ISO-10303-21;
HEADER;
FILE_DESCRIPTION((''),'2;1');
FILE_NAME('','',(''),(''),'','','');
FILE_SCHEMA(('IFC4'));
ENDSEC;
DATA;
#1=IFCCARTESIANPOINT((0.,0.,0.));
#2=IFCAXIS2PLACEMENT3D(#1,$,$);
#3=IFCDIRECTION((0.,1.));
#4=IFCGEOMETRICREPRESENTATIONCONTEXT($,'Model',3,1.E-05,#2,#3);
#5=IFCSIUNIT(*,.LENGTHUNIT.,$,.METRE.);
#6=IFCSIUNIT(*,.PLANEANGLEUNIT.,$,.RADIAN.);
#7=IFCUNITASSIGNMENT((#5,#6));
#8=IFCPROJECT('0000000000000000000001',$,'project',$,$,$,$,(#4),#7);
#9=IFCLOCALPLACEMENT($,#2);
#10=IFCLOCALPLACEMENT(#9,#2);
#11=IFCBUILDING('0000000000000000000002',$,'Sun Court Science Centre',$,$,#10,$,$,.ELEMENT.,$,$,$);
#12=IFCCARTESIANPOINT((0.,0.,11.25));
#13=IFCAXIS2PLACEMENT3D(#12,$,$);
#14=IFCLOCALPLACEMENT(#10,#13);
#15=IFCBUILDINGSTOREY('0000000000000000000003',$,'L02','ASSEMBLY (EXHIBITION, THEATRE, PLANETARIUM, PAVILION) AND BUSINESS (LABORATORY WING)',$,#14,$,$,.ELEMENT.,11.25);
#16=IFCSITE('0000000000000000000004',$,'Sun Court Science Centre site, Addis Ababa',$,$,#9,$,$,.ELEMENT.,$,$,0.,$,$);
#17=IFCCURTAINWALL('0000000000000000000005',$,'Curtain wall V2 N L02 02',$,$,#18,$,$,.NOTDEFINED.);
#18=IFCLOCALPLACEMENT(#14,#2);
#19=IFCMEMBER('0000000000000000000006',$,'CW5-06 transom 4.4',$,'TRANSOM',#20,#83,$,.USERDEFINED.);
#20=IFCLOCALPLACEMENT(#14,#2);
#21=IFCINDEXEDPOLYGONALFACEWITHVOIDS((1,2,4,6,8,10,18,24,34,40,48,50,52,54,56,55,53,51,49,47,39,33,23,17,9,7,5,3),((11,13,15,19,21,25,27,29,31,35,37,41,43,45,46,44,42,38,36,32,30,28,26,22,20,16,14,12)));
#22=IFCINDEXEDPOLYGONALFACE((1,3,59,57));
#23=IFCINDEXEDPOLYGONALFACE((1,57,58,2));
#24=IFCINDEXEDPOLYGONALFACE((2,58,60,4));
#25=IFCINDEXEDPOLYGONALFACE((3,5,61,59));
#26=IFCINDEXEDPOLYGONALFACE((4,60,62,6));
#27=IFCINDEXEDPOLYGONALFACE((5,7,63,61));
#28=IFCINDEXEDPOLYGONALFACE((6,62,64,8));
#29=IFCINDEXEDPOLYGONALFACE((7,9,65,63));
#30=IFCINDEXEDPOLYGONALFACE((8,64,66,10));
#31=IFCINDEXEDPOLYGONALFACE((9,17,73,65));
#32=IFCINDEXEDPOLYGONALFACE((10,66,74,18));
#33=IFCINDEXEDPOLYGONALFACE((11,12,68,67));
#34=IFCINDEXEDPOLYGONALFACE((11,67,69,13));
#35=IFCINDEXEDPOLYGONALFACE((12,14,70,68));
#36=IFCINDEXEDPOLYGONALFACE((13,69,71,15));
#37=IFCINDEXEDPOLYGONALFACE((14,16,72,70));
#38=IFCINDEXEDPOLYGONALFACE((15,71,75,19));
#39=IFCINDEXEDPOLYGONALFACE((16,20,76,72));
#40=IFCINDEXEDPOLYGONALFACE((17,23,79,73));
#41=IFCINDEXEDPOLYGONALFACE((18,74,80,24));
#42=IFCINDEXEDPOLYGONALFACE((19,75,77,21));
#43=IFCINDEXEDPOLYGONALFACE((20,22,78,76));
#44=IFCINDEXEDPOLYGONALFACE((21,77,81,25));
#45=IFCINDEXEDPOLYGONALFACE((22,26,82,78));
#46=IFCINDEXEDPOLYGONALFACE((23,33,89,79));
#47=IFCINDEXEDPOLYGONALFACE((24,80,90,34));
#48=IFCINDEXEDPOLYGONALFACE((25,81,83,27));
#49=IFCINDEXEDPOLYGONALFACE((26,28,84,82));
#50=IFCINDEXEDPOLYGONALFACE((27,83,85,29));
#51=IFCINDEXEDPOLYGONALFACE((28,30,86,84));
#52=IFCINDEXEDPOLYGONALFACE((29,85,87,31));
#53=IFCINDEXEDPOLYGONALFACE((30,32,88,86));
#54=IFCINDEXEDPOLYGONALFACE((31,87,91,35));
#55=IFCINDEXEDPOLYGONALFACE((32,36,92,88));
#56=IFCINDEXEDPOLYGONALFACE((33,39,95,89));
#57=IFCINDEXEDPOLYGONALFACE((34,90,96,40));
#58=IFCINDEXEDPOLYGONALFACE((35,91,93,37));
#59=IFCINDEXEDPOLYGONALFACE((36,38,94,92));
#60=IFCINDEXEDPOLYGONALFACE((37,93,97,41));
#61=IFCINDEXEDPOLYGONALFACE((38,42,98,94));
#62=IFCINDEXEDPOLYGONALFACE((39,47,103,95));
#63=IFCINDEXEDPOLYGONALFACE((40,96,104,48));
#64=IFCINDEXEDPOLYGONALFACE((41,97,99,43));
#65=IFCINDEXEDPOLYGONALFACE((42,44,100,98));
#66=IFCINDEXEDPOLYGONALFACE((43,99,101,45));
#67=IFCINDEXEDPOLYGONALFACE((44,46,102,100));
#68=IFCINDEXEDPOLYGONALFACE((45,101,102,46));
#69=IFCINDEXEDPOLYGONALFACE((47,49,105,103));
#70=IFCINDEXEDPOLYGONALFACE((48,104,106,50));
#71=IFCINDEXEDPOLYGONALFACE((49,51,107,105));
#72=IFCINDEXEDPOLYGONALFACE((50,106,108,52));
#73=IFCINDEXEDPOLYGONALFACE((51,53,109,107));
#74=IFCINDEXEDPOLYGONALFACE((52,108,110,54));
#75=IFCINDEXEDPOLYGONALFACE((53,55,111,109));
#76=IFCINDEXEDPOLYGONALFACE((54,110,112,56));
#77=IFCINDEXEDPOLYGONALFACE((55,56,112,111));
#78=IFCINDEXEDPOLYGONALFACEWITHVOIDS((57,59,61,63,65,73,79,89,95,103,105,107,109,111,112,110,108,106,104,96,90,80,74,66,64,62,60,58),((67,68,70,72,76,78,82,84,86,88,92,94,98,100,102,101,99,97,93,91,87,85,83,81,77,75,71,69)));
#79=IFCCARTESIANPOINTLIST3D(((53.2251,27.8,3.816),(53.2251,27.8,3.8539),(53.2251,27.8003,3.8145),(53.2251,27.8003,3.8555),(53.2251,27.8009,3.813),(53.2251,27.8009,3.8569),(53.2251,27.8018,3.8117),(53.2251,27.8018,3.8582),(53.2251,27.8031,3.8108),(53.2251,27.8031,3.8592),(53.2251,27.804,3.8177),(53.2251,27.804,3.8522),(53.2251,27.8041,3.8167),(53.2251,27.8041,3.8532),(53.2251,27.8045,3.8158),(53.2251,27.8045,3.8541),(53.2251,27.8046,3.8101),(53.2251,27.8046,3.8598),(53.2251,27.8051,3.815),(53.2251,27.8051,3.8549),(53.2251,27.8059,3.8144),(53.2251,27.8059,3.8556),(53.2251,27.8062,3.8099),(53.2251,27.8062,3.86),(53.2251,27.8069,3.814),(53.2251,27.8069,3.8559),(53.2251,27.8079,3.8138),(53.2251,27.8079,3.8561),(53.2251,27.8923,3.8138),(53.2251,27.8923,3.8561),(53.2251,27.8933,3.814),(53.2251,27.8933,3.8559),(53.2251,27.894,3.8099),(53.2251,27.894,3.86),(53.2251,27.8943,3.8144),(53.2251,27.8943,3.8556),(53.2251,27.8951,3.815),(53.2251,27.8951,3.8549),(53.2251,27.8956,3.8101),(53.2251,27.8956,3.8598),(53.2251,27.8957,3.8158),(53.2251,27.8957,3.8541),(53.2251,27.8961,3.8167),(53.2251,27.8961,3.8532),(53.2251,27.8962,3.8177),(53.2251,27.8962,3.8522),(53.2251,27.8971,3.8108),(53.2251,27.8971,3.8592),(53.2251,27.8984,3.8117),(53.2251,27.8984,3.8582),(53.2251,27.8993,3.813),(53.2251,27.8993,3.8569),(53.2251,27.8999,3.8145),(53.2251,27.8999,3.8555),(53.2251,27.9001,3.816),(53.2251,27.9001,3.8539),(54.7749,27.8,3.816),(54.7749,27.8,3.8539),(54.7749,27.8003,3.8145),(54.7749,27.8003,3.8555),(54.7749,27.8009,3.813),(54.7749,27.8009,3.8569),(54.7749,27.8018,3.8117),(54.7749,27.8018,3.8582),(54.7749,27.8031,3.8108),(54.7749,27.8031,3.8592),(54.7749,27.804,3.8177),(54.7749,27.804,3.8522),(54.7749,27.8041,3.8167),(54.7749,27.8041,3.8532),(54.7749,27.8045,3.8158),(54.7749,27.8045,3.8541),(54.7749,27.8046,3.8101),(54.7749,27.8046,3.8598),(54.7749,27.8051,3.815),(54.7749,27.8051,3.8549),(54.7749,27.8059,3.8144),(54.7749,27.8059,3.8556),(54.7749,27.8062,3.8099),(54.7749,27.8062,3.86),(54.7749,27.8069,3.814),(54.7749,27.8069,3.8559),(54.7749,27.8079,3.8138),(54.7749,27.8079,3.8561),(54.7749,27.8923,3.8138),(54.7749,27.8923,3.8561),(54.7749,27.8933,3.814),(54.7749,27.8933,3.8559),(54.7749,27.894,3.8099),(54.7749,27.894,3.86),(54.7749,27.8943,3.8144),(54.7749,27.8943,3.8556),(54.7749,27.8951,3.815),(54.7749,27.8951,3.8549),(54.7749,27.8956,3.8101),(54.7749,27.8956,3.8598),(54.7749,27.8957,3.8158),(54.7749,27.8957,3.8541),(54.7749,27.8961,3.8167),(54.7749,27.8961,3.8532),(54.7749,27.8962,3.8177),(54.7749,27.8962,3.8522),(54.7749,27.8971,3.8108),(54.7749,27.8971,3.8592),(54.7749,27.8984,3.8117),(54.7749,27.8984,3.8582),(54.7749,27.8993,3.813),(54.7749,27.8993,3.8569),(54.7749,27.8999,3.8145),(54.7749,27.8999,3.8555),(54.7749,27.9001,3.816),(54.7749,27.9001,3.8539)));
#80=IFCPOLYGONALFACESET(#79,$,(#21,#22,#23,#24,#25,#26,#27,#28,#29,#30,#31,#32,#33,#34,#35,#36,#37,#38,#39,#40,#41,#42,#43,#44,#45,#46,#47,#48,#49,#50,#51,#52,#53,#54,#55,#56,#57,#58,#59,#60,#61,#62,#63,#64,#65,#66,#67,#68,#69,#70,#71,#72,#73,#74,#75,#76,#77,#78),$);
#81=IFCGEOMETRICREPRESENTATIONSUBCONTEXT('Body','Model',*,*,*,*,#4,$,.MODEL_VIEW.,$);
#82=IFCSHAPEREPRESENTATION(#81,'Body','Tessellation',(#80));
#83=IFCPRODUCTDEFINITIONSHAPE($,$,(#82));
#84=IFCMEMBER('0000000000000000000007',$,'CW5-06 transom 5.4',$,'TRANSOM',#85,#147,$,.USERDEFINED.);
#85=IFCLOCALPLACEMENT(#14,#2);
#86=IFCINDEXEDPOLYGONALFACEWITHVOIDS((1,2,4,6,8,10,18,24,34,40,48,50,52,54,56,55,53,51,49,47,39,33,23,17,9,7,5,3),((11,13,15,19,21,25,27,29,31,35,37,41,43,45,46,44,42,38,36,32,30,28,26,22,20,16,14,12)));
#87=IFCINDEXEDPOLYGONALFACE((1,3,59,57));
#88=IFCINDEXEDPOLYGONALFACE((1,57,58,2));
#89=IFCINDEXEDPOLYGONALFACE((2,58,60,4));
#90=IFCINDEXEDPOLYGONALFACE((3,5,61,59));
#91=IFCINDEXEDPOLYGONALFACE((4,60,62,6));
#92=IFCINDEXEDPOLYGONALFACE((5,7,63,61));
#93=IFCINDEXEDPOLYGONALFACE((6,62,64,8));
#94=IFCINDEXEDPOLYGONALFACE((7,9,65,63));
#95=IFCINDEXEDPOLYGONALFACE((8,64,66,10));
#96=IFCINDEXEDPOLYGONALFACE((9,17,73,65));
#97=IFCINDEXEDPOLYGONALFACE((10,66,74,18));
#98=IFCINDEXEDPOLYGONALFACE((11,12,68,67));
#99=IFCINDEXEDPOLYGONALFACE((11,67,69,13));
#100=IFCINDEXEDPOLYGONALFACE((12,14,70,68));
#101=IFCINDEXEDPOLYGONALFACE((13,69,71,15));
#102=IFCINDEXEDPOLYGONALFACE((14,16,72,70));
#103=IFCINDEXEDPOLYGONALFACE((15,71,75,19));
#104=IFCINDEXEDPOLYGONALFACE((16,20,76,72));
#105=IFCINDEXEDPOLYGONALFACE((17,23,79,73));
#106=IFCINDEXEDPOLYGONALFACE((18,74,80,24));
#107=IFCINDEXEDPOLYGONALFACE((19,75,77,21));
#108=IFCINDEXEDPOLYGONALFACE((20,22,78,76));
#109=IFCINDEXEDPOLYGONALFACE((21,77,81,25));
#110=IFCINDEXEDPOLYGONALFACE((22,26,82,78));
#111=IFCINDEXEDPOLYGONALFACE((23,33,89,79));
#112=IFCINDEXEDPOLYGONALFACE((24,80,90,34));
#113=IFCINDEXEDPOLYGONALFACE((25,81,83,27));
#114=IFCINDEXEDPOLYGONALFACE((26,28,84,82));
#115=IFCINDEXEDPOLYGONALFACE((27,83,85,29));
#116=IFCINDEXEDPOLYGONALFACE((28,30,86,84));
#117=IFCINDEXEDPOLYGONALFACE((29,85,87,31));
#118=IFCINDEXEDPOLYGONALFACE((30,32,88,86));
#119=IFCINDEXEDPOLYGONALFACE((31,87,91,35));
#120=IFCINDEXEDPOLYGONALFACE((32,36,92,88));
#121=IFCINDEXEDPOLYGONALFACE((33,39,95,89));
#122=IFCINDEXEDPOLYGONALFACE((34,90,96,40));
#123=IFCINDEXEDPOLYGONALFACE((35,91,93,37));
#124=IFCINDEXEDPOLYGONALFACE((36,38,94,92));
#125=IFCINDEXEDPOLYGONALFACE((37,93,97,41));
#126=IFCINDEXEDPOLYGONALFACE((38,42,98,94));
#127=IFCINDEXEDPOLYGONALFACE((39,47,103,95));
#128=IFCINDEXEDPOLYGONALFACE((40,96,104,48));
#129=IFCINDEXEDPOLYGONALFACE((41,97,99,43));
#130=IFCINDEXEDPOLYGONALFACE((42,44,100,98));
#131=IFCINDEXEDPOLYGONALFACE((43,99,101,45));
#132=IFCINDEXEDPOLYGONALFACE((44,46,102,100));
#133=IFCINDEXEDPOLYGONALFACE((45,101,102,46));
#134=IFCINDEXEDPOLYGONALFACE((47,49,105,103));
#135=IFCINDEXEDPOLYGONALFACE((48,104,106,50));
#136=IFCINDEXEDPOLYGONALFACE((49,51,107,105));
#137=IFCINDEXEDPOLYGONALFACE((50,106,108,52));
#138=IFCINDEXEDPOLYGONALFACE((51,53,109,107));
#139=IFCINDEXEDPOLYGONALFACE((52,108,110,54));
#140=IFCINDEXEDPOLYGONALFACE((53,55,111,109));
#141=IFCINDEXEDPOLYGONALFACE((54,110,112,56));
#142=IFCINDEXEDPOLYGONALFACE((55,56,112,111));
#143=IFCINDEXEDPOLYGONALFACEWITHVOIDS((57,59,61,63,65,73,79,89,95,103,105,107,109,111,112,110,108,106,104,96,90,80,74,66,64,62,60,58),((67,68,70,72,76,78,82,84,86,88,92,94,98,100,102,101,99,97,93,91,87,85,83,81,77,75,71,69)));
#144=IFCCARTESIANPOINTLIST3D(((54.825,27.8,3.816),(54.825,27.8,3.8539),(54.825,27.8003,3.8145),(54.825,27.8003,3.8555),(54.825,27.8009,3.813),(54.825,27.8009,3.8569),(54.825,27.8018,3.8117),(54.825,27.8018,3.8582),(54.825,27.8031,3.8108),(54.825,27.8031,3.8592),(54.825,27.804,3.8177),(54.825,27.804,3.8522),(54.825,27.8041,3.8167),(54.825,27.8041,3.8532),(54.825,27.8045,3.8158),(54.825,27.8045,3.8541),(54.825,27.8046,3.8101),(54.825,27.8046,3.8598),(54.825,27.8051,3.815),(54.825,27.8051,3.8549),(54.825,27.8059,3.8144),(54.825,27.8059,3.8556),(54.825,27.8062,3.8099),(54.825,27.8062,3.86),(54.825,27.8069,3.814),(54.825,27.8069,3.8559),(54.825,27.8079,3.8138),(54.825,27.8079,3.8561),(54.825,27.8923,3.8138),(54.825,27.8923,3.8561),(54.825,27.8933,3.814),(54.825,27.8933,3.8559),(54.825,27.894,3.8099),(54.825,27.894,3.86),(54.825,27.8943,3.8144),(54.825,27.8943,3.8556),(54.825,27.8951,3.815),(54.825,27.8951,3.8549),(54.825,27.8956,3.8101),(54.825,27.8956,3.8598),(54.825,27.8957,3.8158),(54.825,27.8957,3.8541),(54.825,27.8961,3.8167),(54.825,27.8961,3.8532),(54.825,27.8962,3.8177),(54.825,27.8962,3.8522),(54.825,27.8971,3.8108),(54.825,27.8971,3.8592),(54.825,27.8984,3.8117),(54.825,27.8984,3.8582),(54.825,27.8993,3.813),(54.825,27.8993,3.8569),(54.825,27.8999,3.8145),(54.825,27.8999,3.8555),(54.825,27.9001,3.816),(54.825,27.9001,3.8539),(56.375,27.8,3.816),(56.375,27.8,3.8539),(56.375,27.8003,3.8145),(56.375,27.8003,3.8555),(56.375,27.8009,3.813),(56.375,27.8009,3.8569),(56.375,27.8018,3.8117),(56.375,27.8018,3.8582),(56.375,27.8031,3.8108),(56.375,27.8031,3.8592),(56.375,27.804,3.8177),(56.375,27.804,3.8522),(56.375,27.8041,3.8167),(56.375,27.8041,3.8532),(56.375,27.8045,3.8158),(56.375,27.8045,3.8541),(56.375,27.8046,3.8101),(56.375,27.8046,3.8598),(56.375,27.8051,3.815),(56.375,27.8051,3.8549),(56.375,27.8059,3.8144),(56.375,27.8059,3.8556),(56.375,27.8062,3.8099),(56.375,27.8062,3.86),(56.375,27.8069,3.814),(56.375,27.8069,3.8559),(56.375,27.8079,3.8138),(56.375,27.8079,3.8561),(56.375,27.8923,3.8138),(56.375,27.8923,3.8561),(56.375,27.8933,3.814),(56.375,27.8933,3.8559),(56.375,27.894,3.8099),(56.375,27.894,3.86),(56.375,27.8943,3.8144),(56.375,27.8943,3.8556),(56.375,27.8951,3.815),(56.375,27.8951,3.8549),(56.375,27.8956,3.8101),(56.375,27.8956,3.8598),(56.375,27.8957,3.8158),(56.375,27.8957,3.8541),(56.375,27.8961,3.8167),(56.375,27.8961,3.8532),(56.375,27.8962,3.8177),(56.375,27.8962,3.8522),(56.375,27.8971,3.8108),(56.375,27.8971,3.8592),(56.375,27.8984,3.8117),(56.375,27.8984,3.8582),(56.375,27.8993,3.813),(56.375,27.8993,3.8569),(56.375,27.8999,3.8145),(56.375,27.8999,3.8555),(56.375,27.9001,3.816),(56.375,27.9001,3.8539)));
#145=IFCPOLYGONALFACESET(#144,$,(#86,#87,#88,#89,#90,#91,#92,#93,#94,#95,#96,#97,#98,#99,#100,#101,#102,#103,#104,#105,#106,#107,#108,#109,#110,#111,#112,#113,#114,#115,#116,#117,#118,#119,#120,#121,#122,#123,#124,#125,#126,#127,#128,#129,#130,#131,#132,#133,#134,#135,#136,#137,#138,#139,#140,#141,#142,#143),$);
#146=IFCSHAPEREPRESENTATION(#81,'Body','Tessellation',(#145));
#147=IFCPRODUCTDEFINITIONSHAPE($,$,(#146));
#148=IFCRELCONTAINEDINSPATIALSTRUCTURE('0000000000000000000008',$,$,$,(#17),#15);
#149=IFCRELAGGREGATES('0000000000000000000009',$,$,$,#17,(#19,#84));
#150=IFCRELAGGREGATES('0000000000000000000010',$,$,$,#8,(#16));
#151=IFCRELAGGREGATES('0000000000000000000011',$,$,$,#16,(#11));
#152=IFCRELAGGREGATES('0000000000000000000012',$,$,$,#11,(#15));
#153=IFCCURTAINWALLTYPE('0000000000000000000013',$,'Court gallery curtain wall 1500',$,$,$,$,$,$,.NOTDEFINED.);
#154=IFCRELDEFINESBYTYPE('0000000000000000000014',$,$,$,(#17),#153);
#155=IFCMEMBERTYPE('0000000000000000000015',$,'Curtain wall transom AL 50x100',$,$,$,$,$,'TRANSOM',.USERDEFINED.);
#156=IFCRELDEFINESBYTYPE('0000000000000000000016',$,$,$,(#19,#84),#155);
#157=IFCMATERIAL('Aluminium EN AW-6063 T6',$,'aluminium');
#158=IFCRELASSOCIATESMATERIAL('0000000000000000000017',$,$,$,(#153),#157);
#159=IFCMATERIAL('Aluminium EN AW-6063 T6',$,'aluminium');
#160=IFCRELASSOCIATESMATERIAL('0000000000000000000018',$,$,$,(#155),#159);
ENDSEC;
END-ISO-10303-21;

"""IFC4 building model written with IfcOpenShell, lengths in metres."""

from ifc_helpers import new_model, si_unit, direction, frame, origin, origin_2d, place, context, subcontext, project, spatial, hollow_rectangle, extrude, material, material_profile, profile_set, type_object, element, aggregate, save


model = new_model("IFC4")

# Units and contexts
model_context = context("Model", 3, precision=1e-05, world=origin(), true_north=direction((0.0, 1.0)))
body_context = subcontext(model_context, "Body", "Model", "MODEL_VIEW")
ifc_project = project(units=[si_unit("LENGTHUNIT", "METRE"), si_unit("PLANEANGLEUNIT", "RADIAN")], contexts=[model_context])

# Site, building, storey
site_placement = place(None, origin())
site = spatial("IfcSite", under=ifc_project, at=site_placement, Name="Sun Court Science Centre site, Addis Ababa", CompositionType="ELEMENT", RefElevation=0.0)
building_placement = place(site_placement, origin())
building = spatial("IfcBuilding", under=site, at=building_placement, Name="Sun Court Science Centre", CompositionType="ELEMENT")
storey_placement = place(building_placement, frame((0.0, 0.0, 11.25)))
storey = spatial("IfcBuildingStorey", under=building, at=storey_placement, Name="L02", Description="ASSEMBLY (EXHIBITION, THEATRE, PLANETARIUM, PAVILION) AND BUSINESS (LABORATORY WING)", CompositionType="ELEMENT", Elevation=11.25)

# Curtain wall, members
ifc_material_1 = material(Name="Aluminium EN AW-6063 T6", Category="aluminium")
curtain_wall_type_1 = type_object("IfcCurtainWallType", Name="Court gallery curtain wall 1500", PredefinedType="NOTDEFINED", material=ifc_material_1)
curtain_wall_1_placement = place(storey_placement, origin())
curtain_wall_1 = element("IfcCurtainWall", 1, at=curtain_wall_1_placement, inside=storey, type_object=curtain_wall_type_1, Name="Curtain wall V2 N L02 02", PredefinedType="NOTDEFINED")
ifc_material_2 = material(Name="Aluminium EN AW-6063 T6", Category="aluminium")
ifc_material_profile_1 = material_profile(ifc_material_2, hollow_rectangle(XDim=0.05, YDim=0.1001, WallThickness=0.0039, InnerFilletRadius=0.0039, OuterFilletRadius=0.0061, at=origin_2d()), Name="AL 50x100x4")
ifc_profile_set_1 = profile_set([ifc_material_profile_1], Name="Aluminium EN AW-6063 T6")
member_type_1 = type_object("IfcMemberType", Name="Curtain wall transom AL 50x100", ElementType="TRANSOM", PredefinedType="USERDEFINED", material=ifc_profile_set_1)
member_1_placement = place(storey_placement, frame((53.2251, 27.8501, 3.835), z_axis=(1.0, 0.0, 0.0), x_axis=(0.0, 0.0, 1.0)))
member_1 = element("IfcMember", 2, at=member_1_placement, type_object=member_type_1, Name="CW5-06 transom 4.4", ObjectType="TRANSOM", PredefinedType="USERDEFINED", context=body_context, shape_type="SweptSolid", body=[
    extrude(hollow_rectangle(XDim=0.05, YDim=0.1001, WallThickness=0.0039, InnerFilletRadius=0.0039, OuterFilletRadius=0.0061, at=origin_2d()), origin(), (0.0, 0.0, 1.0), 1.5498),
])
member_2_placement = place(storey_placement, frame((54.825, 27.8501, 3.835), z_axis=(1.0, 0.0, 0.0), x_axis=(0.0, 0.0, 1.0)))
member_2 = element("IfcMember", 3, at=member_2_placement, type_object=member_type_1, Name="CW5-06 transom 5.4", ObjectType="TRANSOM", PredefinedType="USERDEFINED", context=body_context, shape_type="SweptSolid", body=[
    extrude(hollow_rectangle(XDim=0.05, YDim=0.1001, WallThickness=0.0039, InnerFilletRadius=0.0039, OuterFilletRadius=0.0061, at=origin_2d()), origin(), (0.0, 0.0, 1.0), 1.55),
])

aggregate(curtain_wall_1, [member_1, member_2])

save(model, "model.ifc")
